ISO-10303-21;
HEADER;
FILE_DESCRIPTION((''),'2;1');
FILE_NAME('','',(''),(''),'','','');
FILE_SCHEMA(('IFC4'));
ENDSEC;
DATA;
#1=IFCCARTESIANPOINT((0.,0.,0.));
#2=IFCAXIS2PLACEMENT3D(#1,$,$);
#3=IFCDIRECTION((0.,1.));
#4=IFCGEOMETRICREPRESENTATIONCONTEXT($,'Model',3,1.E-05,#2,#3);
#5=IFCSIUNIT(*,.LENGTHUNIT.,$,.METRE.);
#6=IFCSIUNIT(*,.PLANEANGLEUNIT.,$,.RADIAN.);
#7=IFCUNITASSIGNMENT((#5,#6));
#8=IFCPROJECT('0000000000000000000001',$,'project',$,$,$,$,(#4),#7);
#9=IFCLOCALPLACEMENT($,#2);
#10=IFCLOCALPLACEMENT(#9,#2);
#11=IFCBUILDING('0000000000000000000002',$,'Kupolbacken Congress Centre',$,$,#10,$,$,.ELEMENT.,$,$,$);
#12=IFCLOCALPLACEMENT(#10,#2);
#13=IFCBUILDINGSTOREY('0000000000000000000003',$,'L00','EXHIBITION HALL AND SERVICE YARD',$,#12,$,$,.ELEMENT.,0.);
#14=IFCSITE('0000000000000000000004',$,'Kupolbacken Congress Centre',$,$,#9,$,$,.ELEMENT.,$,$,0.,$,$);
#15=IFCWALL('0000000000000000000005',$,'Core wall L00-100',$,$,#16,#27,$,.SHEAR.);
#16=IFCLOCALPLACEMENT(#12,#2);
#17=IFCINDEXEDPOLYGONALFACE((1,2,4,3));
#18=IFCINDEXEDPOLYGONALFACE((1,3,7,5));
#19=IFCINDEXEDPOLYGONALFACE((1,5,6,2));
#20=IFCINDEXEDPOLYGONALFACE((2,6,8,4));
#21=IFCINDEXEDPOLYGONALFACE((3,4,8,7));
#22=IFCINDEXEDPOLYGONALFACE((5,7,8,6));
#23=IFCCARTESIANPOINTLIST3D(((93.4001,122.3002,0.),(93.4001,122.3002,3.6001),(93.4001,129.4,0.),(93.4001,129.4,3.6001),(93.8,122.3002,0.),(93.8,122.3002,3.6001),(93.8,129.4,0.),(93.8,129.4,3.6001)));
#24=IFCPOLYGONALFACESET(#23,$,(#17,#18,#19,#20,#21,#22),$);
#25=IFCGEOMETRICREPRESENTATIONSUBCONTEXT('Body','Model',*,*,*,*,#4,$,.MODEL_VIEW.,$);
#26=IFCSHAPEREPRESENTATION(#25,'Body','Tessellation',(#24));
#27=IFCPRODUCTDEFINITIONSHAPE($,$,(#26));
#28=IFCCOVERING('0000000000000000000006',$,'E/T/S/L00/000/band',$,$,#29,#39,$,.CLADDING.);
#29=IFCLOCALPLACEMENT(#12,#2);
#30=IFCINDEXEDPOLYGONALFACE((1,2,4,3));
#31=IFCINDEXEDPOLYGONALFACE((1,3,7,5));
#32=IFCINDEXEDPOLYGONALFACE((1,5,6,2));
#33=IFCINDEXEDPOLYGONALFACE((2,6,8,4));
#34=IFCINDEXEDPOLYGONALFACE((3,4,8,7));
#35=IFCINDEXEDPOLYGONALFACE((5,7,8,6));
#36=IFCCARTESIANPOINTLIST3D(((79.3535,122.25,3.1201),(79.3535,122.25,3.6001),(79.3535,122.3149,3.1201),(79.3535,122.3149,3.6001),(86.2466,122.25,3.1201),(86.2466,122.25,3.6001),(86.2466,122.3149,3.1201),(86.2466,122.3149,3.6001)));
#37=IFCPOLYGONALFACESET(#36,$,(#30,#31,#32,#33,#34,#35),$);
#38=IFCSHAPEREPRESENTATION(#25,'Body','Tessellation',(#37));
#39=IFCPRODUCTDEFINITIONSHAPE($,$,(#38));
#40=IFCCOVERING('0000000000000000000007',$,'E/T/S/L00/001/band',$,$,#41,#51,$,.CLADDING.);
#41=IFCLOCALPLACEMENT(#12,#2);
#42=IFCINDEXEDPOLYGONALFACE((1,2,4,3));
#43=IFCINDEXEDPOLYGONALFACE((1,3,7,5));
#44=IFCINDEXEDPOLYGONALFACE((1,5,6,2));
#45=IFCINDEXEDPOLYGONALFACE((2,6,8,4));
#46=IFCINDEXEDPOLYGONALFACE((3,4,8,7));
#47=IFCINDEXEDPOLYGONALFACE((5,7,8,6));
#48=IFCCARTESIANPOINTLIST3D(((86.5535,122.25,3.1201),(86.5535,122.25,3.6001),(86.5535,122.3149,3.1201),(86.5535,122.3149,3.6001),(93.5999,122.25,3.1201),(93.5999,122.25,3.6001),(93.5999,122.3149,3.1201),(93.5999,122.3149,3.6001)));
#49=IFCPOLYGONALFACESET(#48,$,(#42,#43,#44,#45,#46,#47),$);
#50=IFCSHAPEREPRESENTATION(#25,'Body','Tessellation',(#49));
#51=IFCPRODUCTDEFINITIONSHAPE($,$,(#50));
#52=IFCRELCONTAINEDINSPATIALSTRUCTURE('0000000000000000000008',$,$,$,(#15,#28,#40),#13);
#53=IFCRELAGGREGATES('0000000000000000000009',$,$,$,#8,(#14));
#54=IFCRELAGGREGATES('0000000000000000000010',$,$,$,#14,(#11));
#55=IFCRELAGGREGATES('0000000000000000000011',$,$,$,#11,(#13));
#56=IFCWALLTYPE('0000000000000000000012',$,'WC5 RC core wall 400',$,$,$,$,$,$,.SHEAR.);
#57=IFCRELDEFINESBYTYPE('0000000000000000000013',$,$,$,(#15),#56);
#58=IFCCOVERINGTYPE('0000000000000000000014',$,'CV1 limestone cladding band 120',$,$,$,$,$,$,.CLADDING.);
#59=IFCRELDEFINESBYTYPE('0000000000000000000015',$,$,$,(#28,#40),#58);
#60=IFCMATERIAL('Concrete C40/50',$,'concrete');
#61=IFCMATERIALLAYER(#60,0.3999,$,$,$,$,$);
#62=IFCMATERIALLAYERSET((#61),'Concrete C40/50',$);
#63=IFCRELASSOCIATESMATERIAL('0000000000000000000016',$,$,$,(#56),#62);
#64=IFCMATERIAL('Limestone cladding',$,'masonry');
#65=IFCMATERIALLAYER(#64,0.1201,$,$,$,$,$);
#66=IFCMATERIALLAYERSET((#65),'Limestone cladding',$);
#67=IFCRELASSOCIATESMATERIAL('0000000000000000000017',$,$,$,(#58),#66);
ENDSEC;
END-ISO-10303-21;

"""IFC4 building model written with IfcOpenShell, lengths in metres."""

from ifc_helpers import new_model, si_unit, direction, frame, frame_2d, origin, origin_2d, place, context, subcontext, project, spatial, rectangle, extrude, material, layer, layer_set, type_object, element, save


model = new_model("IFC4")

# Units and contexts
model_context = context("Model", 3, precision=1e-05, world=origin(), true_north=direction((0.0, 1.0)))
body_context = subcontext(model_context, "Body", "Model", "MODEL_VIEW")
ifc_project = project(units=[si_unit("LENGTHUNIT", "METRE"), si_unit("PLANEANGLEUNIT", "RADIAN")], contexts=[model_context])

# Site, building, storey
site_placement = place(None, origin())
site = spatial("IfcSite", under=ifc_project, at=site_placement, Name="Kupolbacken Congress Centre", CompositionType="ELEMENT", RefElevation=0.0)
building_placement = place(site_placement, origin())
building = spatial("IfcBuilding", under=site, at=building_placement, Name="Kupolbacken Congress Centre", CompositionType="ELEMENT")
storey_placement = place(building_placement, origin())
storey = spatial("IfcBuildingStorey", under=building, at=storey_placement, Name="L00", Description="EXHIBITION HALL AND SERVICE YARD", CompositionType="ELEMENT", Elevation=0.0)

# Wall
ifc_material_1 = material(Name="Concrete C40/50", Category="concrete")
ifc_layer_1 = layer(ifc_material_1, 0.3999)
ifc_layer_set_1 = layer_set([ifc_layer_1], Name="Concrete C40/50")
wall_type_1 = type_object("IfcWallType", Name="WC5 RC core wall 400", PredefinedType="SHEAR", material=ifc_layer_set_1)
wall_1_placement = place(storey_placement, frame((93.6001, 129.3999, 0.0), z_axis=(0.0, 0.0, 1.0), x_axis=(0.0, -1.0, 0.0)))
element("IfcWall", 1, at=wall_1_placement, inside=storey, type_object=wall_type_1, Name="Core wall L00-100", PredefinedType="SHEAR", context=body_context, shape_type="SweptSolid", body=[
    extrude(rectangle(XDim=7.0999, YDim=0.3999, at=frame_2d((3.5498, 0.0))), origin(), (0.0, 0.0, 1.0), 3.6001),
])

# Coverings
ifc_material_2 = material(Name="Limestone cladding", Category="masonry")
ifc_layer_2 = layer(ifc_material_2, 0.1201)
ifc_layer_set_2 = layer_set([ifc_layer_2], Name="Limestone cladding")
covering_type = type_object("IfcCoveringType", Name="CV1 limestone cladding band 120", PredefinedType="CLADDING", material=ifc_layer_set_2)
covering_1_placement = place(storey_placement, frame((82.8, 122.2825, 3.1201), z_axis=(0.0, 0.0, 1.0), x_axis=(1.0, 0.0, 0.0)))
element("IfcCovering", 2, at=covering_1_placement, inside=storey, type_object=covering_type, Name="E/T/S/L00/000/band", PredefinedType="CLADDING", context=body_context, shape_type="SweptSolid", body=[
    extrude(rectangle(XDim=6.8931, YDim=0.0649, at=origin_2d()), origin(), (0.0, 0.0, 1.0), 0.48),
])
covering_2_placement = place(storey_placement, frame((90.0767, 122.2825, 3.1201), z_axis=(0.0, 0.0, 1.0), x_axis=(1.0, 0.0, 0.0)))
element("IfcCovering", 3, at=covering_2_placement, inside=storey, type_object=covering_type, Name="E/T/S/L00/001/band", PredefinedType="CLADDING", context=body_context, shape_type="SweptSolid", body=[
    extrude(rectangle(XDim=7.0464, YDim=0.0649, at=origin_2d()), origin(), (0.0, 0.0, 1.0), 0.48),
])

save(model, "model.ifc")
